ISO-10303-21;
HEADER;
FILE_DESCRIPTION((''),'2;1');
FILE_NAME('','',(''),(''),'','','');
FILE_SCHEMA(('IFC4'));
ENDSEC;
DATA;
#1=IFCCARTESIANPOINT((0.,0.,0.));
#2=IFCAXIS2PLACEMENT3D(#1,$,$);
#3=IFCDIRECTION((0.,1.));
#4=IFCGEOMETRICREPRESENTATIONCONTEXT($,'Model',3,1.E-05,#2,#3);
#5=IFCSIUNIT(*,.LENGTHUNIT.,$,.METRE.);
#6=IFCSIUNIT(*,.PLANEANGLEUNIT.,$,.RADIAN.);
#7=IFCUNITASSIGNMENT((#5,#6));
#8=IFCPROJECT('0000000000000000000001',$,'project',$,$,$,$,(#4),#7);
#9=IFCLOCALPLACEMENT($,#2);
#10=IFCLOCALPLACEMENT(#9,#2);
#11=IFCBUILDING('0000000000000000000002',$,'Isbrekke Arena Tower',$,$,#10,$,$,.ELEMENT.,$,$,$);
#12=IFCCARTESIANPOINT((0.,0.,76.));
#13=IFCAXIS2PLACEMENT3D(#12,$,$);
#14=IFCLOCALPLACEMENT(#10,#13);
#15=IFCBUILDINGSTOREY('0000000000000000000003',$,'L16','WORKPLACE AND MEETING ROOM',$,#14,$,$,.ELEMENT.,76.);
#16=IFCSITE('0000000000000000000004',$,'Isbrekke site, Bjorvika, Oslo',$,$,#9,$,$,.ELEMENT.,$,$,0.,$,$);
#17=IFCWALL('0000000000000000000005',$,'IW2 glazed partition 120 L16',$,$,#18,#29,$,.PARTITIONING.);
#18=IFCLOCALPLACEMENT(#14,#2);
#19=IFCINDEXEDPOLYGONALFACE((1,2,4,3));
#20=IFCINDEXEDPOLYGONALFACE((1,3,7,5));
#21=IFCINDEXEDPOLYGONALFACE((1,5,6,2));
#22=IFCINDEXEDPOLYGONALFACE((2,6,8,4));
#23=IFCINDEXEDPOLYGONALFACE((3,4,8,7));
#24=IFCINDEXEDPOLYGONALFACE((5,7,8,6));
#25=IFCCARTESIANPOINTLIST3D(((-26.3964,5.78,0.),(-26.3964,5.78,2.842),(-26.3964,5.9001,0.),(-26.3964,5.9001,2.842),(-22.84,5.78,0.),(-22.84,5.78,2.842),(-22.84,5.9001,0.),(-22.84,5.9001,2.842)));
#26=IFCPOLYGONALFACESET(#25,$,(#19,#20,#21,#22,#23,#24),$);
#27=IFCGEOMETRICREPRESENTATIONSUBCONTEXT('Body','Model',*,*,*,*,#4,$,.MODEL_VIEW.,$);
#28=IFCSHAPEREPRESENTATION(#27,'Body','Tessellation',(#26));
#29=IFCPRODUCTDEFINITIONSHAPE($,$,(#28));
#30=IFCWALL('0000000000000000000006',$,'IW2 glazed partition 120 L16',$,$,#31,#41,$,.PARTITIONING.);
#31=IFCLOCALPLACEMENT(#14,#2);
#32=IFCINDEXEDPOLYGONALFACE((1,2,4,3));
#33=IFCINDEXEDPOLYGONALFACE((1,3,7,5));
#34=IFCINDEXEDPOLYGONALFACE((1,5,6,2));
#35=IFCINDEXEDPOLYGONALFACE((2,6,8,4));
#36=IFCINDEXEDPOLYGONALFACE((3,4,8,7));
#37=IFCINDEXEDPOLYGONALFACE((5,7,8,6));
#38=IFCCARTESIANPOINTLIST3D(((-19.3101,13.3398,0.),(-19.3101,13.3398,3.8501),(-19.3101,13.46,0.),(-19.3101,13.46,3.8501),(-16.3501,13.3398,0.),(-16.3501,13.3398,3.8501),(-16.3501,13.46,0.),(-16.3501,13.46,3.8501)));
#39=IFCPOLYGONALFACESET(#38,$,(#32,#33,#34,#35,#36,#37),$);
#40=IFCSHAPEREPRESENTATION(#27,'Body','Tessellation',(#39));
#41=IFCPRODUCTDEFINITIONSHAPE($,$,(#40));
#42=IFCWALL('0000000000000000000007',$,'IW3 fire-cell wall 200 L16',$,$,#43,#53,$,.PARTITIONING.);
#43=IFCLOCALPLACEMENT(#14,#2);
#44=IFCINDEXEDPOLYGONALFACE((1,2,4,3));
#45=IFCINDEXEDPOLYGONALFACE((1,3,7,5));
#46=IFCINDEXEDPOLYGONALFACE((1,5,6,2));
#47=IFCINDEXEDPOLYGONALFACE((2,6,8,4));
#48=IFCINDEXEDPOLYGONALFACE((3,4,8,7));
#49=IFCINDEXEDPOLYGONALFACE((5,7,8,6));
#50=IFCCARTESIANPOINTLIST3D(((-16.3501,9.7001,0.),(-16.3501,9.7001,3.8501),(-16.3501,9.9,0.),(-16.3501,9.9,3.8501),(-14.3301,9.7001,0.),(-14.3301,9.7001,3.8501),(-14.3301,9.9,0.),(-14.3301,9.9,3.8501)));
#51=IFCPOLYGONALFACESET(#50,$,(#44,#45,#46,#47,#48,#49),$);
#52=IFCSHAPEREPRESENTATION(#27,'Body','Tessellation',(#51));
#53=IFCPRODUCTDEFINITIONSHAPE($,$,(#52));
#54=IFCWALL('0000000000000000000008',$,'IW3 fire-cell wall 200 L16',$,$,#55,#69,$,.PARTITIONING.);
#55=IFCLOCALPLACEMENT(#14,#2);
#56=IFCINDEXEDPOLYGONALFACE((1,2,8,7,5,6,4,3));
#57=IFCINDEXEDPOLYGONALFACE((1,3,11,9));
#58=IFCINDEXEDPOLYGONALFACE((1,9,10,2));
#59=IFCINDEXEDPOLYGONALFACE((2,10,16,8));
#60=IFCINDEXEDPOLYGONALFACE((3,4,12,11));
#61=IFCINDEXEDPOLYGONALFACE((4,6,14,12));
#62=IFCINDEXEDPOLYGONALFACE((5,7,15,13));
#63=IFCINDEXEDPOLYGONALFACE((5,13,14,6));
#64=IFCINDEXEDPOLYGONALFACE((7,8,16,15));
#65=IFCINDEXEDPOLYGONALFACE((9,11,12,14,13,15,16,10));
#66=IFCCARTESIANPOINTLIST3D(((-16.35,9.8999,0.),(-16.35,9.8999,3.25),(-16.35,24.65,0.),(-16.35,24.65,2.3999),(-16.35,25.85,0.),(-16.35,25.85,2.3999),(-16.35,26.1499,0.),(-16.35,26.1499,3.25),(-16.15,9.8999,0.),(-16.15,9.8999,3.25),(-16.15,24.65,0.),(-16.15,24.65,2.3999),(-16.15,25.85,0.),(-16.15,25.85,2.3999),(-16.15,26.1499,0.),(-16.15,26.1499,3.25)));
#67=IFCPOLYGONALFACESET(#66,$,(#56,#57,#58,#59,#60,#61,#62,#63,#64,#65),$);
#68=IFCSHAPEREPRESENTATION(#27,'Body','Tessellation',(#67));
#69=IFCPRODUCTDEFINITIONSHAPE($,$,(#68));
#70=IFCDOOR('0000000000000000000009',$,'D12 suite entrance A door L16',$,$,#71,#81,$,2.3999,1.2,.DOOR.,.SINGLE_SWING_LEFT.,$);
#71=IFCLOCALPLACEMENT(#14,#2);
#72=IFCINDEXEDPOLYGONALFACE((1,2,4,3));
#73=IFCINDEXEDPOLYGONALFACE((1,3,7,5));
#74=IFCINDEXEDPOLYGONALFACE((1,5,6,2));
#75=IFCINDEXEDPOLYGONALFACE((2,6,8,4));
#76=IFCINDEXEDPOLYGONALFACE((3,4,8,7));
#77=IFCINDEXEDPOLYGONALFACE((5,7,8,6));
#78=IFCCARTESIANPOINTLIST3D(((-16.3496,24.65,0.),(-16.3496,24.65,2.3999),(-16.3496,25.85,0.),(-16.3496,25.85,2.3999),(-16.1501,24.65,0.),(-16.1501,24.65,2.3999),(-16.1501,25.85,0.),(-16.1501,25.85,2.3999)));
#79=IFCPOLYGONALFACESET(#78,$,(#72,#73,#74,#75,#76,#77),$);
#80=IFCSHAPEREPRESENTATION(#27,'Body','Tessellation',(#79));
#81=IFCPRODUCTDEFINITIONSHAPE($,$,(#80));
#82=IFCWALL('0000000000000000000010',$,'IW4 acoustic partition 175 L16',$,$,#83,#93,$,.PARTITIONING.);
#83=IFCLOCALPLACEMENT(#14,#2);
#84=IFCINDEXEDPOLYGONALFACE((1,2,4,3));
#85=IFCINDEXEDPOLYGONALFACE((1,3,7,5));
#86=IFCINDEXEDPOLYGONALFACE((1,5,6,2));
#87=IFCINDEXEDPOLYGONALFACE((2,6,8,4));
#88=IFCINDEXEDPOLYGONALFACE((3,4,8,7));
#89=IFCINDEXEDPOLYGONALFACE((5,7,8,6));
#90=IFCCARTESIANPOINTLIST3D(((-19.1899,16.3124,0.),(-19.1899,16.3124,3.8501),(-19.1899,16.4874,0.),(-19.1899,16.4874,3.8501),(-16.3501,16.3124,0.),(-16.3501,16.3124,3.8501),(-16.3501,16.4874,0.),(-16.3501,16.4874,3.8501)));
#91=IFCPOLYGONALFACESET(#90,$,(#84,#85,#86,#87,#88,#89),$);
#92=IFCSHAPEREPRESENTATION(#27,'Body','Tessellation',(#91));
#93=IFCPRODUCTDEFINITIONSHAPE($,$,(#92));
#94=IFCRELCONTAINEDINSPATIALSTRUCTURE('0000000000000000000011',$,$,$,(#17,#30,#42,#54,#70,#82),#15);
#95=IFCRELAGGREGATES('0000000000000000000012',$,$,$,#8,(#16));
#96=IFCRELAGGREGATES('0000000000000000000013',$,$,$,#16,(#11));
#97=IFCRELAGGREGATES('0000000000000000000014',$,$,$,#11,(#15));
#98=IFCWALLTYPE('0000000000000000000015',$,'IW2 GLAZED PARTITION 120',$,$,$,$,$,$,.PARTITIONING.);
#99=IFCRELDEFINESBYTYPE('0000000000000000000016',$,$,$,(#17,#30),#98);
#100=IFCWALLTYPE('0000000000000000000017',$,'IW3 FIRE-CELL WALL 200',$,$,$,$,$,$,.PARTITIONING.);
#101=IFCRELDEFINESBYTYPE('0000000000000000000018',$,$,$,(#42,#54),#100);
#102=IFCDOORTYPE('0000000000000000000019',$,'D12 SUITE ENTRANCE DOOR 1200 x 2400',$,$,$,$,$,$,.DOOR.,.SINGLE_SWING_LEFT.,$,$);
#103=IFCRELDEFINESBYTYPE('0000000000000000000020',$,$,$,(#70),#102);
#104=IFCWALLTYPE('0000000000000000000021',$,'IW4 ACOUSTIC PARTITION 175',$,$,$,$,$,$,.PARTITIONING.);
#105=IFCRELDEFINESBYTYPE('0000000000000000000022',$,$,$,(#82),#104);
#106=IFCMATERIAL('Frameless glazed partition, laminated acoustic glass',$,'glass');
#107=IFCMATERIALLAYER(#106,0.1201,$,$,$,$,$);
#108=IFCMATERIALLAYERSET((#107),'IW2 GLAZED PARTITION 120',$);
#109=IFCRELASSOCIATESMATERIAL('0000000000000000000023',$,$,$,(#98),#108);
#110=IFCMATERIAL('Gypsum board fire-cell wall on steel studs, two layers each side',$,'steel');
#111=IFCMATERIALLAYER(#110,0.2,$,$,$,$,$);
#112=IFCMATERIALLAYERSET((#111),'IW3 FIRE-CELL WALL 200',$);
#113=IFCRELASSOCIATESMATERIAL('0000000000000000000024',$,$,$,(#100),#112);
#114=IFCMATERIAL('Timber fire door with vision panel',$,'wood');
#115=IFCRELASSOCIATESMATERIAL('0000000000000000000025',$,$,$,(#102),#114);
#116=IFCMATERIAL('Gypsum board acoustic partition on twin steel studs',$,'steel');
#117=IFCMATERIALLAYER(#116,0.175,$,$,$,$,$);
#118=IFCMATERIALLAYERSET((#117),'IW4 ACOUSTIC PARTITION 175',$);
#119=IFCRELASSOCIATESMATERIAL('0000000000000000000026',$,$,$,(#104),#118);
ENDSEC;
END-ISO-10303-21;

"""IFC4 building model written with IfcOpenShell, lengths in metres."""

from ifc_helpers import new_model, si_unit, direction, frame, frame_2d, origin, place, context, subcontext, project, spatial, rectangle, extrude, material, layer, layer_set, type_object, element, fill, save


model = new_model("IFC4")

# Units and contexts
model_context = context("Model", 3, precision=1e-05, world=origin(), true_north=direction((0.0, 1.0)))
body_context = subcontext(model_context, "Body", "Model", "MODEL_VIEW")
ifc_project = project(units=[si_unit("LENGTHUNIT", "METRE"), si_unit("PLANEANGLEUNIT", "RADIAN")], contexts=[model_context])

# Site, building, storey
site_placement = place(None, origin())
site = spatial("IfcSite", under=ifc_project, at=site_placement, Name="Isbrekke site, Bjorvika, Oslo", CompositionType="ELEMENT", RefElevation=0.0)
building_placement = place(site_placement, origin())
building = spatial("IfcBuilding", under=site, at=building_placement, Name="Isbrekke Arena Tower", CompositionType="ELEMENT")
storey_placement = place(building_placement, frame((0.0, 0.0, 76.0)))
storey = spatial("IfcBuildingStorey", under=building, at=storey_placement, Name="L16", Description="WORKPLACE AND MEETING ROOM", CompositionType="ELEMENT", Elevation=76.0)

# Walls
ifc_material_1 = material(Name="Frameless glazed partition, laminated acoustic glass", Category="glass")
ifc_layer_1 = layer(ifc_material_1, 0.1201)
ifc_layer_set_1 = layer_set([ifc_layer_1], Name="IW2 GLAZED PARTITION 120")
wall_type_1 = type_object("IfcWallType", Name="IW2 GLAZED PARTITION 120", PredefinedType="PARTITIONING", material=ifc_layer_set_1)
wall_1_placement = place(storey_placement, frame((-26.3965, 5.8401, 0.0), z_axis=(0.0, 0.0, 1.0), x_axis=(1.0, 0.0, 0.0)))
element("IfcWall", 1, at=wall_1_placement, inside=storey, type_object=wall_type_1, Name="IW2 glazed partition 120 L16", PredefinedType="PARTITIONING", context=body_context, shape_type="SweptSolid", body=[
    extrude(rectangle(XDim=3.5564, YDim=0.1201, at=frame_2d((1.7783, 0.0))), origin(), (0.0, 0.0, 1.0), 2.842),
])
wall_2_placement = place(storey_placement, frame((-19.3101, 13.3999, 0.0), z_axis=(0.0, 0.0, 1.0), x_axis=(1.0, 0.0, 0.0)))
element("IfcWall", 2, at=wall_2_placement, inside=storey, type_object=wall_type_1, Name="IW2 glazed partition 120 L16", PredefinedType="PARTITIONING", context=body_context, shape_type="SweptSolid", body=[
    extrude(rectangle(XDim=2.96, YDim=0.1201, at=frame_2d((1.48, 0.0))), origin(), (0.0, 0.0, 1.0), 3.8501),
])

# Wall
ifc_material_2 = material(Name="Gypsum board fire-cell wall on steel studs, two layers each side", Category="steel")
ifc_layer_2 = layer(ifc_material_2, 0.2)
ifc_layer_set_2 = layer_set([ifc_layer_2], Name="IW3 FIRE-CELL WALL 200")
wall_type_2 = type_object("IfcWallType", Name="IW3 FIRE-CELL WALL 200", PredefinedType="PARTITIONING", material=ifc_layer_set_2)
wall_3_placement = place(storey_placement, frame((-16.3501, 9.8, 0.0), z_axis=(0.0, 0.0, 1.0), x_axis=(1.0, 0.0, 0.0)))
element("IfcWall", 3, at=wall_3_placement, inside=storey, type_object=wall_type_2, Name="IW3 fire-cell wall 200 L16", PredefinedType="PARTITIONING", context=body_context, shape_type="SweptSolid", body=[
    extrude(rectangle(XDim=2.02, YDim=0.2, at=frame_2d((1.01, 0.0))), origin(), (0.0, 0.0, 1.0), 3.8501),
])

# Wall, opening, door
wall_4_placement = place(storey_placement, frame((-16.25, 9.8999, 0.0), z_axis=(0.0, 0.0, 1.0), x_axis=(0.0, 1.0, 0.0)))
wall_4 = element("IfcWall", 4, at=wall_4_placement, inside=storey, type_object=wall_type_2, Name="IW3 fire-cell wall 200 L16", PredefinedType="PARTITIONING", context=body_context, shape_type="SweptSolid", body=[
    extrude(rectangle(XDim=16.25, YDim=0.2, at=frame_2d((8.125, 0.0))), origin(), (0.0, 0.0, 1.0), 3.25),
])
opening_1_placement = place(wall_4_placement, frame((14.75, 0.0, 0.0)))
opening_1 = element("IfcOpeningElement", 5, at=opening_1_placement, cuts=wall_4, PredefinedType="OPENING", context=body_context, shape_type="SweptSolid", body=[
    extrude(rectangle(XDim=1.2, YDim=2.3999, at=frame_2d((0.6001, 1.2))), frame((0.0, 0.1147, 0.0), z_axis=(0.0, -1.0, 0.0), x_axis=(1.0, 0.0, 0.0)), (0.0, 0.0, 1.0), 0.2297),
])
ifc_material_3 = material(Name="Timber fire door with vision panel", Category="wood")
door_type_1 = type_object("IfcDoorType", Name="D12 SUITE ENTRANCE DOOR 1200 x 2400", OperationType="SINGLE_SWING_LEFT", PredefinedType="DOOR", material=ifc_material_3)
door_1_placement = place(opening_1_placement, origin())
door_1 = element("IfcDoor", 6, at=door_1_placement, inside=storey, type_object=door_type_1, Name="D12 suite entrance A door L16", OperationType="SINGLE_SWING_LEFT", OverallHeight=2.3999, OverallWidth=1.2, PredefinedType="DOOR", context=body_context, shape_type="SweptSolid", body=[
    extrude(rectangle(XDim=1.2, YDim=2.3999, at=frame_2d((0.6001, 1.2))), frame((0.0, 0.0996, 0.0), z_axis=(0.0, -1.0, 0.0), x_axis=(1.0, 0.0, 0.0)), (0.0, 0.0, 1.0), 0.1995),
])
fill(opening_1, door_1)

# Wall
ifc_material_4 = material(Name="Gypsum board acoustic partition on twin steel studs", Category="steel")
ifc_layer_3 = layer(ifc_material_4, 0.175)
ifc_layer_set_3 = layer_set([ifc_layer_3], Name="IW4 ACOUSTIC PARTITION 175")
wall_type_3 = type_object("IfcWallType", Name="IW4 ACOUSTIC PARTITION 175", PredefinedType="PARTITIONING", material=ifc_layer_set_3)
wall_5_placement = place(storey_placement, frame((-19.1899, 16.3999, 0.0), z_axis=(0.0, 0.0, 1.0), x_axis=(1.0, 0.0, 0.0)))
element("IfcWall", 7, at=wall_5_placement, inside=storey, type_object=wall_type_3, Name="IW4 acoustic partition 175 L16", PredefinedType="PARTITIONING", context=body_context, shape_type="SweptSolid", body=[
    extrude(rectangle(XDim=2.8398, YDim=0.175, at=frame_2d((1.4199, 0.0))), origin(), (0.0, 0.0, 1.0), 3.8501),
])

save(model, "model.ifc")
